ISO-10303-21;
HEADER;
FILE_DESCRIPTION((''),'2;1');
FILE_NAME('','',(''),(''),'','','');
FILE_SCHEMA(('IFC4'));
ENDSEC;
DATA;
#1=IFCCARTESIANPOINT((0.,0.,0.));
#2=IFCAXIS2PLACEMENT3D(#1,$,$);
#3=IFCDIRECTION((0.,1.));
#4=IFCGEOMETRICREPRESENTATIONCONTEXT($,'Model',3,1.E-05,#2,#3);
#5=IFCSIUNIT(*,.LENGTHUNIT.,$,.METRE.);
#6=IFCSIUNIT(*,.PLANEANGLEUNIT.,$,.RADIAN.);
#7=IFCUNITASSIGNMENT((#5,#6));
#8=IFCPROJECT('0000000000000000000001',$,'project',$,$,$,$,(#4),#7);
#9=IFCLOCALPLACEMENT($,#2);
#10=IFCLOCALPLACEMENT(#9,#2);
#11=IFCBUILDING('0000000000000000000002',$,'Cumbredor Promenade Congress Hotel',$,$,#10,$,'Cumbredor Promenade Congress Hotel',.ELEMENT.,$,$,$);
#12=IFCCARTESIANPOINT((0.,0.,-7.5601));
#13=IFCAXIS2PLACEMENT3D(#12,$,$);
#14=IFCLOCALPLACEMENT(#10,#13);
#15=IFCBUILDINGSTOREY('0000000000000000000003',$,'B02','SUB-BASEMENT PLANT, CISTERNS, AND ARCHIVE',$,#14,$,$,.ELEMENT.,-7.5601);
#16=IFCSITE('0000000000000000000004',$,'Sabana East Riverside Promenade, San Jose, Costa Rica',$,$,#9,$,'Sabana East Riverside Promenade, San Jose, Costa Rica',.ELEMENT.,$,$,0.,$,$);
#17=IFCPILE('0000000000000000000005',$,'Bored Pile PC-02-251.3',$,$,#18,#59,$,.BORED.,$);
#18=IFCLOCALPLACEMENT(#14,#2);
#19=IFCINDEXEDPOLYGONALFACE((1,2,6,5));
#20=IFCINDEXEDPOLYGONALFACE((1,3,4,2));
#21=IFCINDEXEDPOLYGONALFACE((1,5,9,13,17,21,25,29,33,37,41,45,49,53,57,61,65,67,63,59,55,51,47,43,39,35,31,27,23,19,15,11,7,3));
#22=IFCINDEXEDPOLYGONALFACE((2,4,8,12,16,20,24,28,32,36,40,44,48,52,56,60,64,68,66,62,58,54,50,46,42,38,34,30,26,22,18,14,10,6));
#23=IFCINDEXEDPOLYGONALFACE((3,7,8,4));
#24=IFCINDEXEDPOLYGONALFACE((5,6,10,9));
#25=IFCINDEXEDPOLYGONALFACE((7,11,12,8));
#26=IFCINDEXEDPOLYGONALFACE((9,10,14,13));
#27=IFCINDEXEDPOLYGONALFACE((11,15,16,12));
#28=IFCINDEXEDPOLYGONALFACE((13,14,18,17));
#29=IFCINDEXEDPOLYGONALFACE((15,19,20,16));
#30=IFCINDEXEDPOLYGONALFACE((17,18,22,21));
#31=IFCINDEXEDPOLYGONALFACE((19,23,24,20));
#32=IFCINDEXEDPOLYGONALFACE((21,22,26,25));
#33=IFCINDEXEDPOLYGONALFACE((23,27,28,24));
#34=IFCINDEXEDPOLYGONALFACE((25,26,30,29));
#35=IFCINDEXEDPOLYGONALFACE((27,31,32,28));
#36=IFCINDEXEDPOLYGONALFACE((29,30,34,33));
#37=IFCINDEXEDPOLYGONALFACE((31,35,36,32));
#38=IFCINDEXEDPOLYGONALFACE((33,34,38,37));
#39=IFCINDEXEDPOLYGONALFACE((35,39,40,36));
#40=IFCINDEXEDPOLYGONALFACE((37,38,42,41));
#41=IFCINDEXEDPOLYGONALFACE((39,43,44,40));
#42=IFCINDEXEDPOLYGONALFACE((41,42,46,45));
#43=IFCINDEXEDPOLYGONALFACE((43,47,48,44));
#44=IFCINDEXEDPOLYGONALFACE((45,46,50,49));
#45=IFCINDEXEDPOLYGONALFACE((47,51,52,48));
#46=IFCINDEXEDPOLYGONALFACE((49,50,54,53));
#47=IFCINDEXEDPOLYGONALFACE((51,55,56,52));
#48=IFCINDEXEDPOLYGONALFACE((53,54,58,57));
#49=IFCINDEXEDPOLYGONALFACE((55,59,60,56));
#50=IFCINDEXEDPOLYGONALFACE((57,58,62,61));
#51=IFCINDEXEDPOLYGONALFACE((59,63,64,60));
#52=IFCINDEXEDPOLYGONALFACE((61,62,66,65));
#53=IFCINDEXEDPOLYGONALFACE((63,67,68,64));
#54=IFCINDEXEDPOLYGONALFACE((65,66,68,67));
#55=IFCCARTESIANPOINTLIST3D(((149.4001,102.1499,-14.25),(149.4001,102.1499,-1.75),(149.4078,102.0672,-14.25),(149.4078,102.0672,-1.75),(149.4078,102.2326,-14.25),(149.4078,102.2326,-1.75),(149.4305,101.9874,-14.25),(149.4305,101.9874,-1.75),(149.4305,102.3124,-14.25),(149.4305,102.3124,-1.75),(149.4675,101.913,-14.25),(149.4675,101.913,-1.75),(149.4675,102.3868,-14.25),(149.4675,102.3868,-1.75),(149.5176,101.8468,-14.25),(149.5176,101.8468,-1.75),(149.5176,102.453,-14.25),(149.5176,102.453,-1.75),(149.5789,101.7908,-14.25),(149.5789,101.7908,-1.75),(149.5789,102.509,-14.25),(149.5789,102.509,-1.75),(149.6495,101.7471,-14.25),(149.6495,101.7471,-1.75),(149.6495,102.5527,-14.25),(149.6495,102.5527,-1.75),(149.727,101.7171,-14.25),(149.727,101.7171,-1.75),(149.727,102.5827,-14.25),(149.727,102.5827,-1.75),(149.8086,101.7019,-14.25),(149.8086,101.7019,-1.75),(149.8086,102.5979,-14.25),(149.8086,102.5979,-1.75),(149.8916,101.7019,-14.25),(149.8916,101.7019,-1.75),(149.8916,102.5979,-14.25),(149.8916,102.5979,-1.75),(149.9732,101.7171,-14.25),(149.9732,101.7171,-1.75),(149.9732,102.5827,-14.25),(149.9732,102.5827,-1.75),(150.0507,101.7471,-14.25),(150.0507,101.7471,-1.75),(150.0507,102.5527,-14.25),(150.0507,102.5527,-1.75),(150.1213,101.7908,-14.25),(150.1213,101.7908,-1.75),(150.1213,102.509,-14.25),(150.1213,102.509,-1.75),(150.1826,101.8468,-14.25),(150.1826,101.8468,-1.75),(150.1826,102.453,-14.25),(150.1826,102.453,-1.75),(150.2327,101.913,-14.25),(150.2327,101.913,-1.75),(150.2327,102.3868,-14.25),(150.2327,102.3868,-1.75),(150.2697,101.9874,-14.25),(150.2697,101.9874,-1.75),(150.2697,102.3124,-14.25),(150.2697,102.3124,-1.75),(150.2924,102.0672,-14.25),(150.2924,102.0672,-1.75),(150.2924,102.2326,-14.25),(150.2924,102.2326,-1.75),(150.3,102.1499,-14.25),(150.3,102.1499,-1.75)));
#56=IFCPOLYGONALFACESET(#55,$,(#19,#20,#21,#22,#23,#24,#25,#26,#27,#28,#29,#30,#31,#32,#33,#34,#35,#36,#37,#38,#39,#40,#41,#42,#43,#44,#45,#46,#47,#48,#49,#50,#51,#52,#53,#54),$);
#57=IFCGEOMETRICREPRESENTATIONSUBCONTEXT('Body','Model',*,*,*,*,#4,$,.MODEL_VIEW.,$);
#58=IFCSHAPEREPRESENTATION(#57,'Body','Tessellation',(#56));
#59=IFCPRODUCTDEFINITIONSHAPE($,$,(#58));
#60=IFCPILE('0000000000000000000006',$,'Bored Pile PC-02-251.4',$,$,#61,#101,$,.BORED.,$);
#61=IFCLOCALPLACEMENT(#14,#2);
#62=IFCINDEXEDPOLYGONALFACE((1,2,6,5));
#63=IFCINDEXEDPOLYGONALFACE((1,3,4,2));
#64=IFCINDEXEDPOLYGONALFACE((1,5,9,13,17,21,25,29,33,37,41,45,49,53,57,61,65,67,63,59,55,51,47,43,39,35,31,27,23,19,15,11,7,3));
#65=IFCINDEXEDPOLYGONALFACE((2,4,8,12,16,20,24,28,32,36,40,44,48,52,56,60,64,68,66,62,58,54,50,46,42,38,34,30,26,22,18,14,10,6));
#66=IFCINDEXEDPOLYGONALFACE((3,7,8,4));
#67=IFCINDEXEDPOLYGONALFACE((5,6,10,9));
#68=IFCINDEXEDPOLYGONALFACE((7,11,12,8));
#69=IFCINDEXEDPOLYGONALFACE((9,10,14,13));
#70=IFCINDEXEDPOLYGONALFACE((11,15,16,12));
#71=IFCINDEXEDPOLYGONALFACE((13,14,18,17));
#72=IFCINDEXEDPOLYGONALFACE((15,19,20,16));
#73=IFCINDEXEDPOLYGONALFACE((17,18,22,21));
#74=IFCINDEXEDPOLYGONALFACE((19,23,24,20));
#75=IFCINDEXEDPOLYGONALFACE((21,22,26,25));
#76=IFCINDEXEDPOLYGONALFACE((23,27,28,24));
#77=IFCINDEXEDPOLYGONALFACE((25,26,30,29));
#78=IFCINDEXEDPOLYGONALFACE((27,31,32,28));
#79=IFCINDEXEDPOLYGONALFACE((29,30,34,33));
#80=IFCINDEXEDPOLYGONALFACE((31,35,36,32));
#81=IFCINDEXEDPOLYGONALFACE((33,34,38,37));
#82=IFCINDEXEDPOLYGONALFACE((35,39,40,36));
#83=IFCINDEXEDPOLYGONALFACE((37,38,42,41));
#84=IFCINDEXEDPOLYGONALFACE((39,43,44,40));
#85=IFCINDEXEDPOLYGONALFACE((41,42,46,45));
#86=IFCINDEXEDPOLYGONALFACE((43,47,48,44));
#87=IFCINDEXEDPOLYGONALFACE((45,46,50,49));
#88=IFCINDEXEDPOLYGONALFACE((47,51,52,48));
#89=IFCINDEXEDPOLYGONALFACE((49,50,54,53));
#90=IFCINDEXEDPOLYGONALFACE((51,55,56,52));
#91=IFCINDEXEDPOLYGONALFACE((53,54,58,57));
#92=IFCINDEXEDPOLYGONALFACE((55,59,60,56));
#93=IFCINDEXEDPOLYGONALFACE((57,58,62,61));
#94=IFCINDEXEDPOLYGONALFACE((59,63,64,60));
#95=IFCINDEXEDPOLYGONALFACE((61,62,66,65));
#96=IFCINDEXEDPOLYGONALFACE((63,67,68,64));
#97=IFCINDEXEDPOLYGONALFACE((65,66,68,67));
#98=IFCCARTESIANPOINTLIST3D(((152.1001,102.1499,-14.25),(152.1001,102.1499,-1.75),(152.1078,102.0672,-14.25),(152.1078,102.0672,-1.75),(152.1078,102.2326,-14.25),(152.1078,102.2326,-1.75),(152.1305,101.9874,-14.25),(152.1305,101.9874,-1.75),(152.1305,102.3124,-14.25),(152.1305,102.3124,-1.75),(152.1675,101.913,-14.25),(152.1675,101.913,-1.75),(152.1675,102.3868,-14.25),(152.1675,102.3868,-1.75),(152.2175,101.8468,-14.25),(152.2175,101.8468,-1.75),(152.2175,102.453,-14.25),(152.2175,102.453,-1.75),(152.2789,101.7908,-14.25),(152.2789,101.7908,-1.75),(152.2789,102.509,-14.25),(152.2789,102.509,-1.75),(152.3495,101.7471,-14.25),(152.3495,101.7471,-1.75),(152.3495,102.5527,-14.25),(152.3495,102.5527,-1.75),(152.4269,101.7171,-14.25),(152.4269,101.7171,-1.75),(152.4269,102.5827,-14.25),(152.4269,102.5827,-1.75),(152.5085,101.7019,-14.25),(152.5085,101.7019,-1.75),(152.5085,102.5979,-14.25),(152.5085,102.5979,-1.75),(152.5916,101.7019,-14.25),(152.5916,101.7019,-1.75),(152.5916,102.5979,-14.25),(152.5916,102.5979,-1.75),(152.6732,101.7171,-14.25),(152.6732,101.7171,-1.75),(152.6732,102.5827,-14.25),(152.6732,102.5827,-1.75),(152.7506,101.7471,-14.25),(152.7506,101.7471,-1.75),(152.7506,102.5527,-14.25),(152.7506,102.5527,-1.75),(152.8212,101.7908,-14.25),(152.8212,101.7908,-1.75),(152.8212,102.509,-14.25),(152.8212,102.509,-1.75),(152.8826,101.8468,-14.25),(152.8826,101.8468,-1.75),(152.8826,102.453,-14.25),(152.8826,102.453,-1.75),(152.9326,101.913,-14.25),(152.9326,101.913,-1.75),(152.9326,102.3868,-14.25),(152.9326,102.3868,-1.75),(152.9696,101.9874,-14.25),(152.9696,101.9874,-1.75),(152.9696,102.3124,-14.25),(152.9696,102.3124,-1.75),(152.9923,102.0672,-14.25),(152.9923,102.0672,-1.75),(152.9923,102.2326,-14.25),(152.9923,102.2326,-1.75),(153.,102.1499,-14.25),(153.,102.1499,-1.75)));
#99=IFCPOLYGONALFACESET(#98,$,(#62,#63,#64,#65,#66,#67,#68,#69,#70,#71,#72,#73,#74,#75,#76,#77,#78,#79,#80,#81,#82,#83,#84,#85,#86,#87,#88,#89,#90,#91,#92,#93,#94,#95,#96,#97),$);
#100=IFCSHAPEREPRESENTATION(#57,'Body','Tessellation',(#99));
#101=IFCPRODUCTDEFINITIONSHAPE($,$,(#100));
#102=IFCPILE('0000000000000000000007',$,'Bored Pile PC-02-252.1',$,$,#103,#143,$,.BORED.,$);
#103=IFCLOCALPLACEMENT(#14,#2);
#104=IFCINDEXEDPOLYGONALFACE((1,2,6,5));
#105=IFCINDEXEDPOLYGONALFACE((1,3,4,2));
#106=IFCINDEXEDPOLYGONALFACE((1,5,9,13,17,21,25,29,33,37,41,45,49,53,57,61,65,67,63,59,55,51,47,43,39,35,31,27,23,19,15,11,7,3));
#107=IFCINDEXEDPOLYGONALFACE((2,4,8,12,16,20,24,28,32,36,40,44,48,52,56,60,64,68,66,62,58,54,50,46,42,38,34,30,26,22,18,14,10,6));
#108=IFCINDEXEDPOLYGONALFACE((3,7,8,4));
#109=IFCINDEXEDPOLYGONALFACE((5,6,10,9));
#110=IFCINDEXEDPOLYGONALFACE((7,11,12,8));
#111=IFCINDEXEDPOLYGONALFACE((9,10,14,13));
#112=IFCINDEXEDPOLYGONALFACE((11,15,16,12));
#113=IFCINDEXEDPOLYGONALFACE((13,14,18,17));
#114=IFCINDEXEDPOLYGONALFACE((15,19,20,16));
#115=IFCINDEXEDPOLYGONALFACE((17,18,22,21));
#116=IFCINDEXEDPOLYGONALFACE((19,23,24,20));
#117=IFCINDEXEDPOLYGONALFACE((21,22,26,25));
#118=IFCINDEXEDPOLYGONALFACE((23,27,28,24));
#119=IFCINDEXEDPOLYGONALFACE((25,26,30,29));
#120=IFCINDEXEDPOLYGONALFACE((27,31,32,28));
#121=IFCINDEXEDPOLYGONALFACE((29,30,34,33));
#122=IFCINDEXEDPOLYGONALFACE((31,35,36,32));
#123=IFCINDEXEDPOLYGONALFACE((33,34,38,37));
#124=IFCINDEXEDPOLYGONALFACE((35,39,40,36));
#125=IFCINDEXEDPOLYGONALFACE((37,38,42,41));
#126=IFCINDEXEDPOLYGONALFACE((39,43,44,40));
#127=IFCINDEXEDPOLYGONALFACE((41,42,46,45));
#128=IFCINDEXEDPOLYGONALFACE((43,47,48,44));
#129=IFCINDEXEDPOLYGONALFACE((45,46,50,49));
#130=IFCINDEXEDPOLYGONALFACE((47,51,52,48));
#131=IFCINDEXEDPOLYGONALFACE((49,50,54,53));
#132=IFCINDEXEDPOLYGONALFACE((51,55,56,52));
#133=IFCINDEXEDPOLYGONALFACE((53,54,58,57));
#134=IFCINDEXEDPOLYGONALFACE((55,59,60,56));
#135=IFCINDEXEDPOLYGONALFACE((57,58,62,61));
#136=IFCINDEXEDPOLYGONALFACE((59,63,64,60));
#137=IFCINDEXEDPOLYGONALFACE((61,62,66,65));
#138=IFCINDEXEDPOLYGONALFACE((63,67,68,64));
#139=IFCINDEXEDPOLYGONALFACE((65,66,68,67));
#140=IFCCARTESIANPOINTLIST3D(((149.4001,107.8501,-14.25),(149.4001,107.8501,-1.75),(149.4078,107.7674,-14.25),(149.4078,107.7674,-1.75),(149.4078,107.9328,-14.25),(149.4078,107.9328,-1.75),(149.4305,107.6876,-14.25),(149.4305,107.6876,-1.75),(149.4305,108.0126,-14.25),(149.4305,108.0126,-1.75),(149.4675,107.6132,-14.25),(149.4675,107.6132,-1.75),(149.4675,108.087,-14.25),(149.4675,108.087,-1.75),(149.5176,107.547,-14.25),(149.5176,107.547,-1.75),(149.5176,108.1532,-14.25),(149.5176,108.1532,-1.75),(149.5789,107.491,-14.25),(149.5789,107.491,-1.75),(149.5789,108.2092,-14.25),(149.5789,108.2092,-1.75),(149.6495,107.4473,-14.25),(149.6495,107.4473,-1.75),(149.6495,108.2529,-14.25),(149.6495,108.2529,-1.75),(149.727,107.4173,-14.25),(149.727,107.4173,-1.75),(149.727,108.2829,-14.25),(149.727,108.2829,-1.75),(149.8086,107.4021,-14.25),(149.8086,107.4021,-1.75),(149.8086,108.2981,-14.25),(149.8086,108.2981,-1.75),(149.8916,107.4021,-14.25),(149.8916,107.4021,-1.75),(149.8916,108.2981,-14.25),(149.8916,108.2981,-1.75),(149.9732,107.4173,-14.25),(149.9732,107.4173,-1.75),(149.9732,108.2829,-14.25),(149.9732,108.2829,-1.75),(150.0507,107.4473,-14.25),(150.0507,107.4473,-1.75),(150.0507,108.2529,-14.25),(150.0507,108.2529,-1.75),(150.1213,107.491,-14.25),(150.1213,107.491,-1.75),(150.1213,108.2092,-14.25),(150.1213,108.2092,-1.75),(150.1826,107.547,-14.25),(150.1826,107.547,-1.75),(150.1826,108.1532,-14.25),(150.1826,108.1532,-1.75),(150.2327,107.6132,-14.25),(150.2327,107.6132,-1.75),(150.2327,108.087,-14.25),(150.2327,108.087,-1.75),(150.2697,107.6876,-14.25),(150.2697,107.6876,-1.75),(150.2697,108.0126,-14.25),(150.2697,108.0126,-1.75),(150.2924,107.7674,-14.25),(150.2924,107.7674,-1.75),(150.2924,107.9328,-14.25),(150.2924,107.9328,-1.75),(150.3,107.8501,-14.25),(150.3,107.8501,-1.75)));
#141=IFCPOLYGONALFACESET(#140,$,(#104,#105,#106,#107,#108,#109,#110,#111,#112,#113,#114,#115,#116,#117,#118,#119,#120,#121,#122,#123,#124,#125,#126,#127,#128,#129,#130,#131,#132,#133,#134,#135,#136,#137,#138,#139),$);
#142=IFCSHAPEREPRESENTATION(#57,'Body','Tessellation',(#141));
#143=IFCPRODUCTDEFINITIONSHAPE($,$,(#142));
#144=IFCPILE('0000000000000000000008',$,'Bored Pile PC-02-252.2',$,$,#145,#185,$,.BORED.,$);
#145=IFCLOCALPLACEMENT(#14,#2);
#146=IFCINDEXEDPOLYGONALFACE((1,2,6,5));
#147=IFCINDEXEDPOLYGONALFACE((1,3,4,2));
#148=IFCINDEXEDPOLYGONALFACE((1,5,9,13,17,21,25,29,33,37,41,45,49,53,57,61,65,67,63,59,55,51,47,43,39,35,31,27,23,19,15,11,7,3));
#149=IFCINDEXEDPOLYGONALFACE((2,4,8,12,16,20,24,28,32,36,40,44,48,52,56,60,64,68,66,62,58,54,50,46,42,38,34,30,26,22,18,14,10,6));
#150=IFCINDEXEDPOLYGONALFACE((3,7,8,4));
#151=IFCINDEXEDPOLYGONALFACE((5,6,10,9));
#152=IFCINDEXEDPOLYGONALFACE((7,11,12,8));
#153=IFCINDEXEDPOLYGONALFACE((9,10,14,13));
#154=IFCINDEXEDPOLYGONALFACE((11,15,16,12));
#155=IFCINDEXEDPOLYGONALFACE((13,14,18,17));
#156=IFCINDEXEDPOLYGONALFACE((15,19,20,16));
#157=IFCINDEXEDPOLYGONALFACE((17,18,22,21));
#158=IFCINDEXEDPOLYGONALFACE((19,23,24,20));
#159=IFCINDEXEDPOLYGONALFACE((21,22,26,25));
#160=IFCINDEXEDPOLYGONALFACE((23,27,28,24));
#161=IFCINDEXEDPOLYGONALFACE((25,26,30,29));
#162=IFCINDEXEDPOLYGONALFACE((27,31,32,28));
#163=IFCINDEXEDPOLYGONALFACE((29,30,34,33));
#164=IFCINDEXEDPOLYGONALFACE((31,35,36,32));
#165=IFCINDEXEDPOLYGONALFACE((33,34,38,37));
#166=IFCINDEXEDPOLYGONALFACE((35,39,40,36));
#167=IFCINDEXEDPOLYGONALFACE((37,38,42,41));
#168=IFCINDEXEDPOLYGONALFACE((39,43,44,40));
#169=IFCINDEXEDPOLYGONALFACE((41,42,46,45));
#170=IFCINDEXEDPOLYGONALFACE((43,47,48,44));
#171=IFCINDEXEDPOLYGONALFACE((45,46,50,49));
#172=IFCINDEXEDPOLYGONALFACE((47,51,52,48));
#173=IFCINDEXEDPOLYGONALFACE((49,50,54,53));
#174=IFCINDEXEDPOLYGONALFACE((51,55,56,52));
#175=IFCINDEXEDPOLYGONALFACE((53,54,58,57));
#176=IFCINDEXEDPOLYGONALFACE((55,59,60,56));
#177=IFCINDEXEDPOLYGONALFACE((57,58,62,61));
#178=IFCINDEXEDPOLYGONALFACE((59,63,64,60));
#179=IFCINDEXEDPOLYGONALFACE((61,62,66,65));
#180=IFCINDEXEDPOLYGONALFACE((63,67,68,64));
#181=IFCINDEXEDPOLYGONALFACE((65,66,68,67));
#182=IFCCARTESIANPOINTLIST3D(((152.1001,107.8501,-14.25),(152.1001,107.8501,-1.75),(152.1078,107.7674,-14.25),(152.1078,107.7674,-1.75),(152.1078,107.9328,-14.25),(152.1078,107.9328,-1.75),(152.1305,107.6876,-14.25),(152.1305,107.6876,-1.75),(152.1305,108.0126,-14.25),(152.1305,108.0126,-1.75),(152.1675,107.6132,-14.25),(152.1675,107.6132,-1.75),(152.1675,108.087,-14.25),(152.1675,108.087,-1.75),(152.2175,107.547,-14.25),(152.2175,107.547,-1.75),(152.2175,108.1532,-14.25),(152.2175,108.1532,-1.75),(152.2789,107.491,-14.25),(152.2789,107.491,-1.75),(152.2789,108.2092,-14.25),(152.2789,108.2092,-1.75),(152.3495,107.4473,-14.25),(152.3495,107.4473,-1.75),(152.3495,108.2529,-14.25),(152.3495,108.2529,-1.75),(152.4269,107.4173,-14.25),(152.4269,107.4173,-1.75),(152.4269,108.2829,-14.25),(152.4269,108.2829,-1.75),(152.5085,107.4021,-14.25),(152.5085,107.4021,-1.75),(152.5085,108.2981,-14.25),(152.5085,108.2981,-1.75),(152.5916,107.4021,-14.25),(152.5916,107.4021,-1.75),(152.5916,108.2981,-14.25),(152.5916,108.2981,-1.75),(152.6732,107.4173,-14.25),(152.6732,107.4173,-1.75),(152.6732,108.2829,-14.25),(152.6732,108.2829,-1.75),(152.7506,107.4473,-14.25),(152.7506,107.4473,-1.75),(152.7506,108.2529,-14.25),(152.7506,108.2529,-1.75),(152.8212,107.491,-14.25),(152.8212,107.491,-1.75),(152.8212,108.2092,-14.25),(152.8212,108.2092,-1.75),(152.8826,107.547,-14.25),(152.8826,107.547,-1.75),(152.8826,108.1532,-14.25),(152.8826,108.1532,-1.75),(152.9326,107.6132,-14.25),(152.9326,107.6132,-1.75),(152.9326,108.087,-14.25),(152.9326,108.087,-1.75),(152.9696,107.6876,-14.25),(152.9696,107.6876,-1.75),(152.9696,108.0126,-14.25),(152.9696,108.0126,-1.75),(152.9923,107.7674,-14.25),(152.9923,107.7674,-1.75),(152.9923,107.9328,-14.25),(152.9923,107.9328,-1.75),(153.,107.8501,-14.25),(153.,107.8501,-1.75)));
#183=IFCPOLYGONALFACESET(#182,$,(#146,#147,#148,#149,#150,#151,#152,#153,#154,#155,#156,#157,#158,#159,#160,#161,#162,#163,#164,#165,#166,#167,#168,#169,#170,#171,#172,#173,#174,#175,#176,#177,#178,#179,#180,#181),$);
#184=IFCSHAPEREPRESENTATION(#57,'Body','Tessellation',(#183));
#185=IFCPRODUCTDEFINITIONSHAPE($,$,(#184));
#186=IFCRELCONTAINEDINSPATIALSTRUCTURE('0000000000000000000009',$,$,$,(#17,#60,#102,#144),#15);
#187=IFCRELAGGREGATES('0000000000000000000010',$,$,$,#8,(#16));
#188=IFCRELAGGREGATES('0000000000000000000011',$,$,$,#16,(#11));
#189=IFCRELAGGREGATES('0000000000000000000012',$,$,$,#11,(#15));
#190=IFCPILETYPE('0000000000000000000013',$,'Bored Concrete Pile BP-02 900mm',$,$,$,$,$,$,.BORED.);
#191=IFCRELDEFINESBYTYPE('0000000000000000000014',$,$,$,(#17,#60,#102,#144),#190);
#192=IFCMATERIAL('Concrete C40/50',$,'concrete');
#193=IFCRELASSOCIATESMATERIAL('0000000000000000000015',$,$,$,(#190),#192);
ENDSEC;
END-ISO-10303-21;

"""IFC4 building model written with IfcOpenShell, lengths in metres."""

from ifc_helpers import new_model, si_unit, direction, frame, origin, origin_2d, place, context, subcontext, project, spatial, circle, extrude, material, material_profile, profile_set, type_object, element, save


model = new_model("IFC4")

# Units and contexts
model_context = context("Model", 3, precision=1e-05, world=origin(), true_north=direction((0.0, 1.0)))
body_context = subcontext(model_context, "Body", "Model", "MODEL_VIEW")
ifc_project = project(units=[si_unit("LENGTHUNIT", "METRE"), si_unit("PLANEANGLEUNIT", "RADIAN")], contexts=[model_context])

# Site, building, storey
site_placement = place(None, origin())
site = spatial("IfcSite", under=ifc_project, at=site_placement, Name="Sabana East Riverside Promenade, San Jose, Costa Rica", LongName="Sabana East Riverside Promenade, San Jose, Costa Rica", CompositionType="ELEMENT", RefElevation=0.0)
building_placement = place(site_placement, origin())
building = spatial("IfcBuilding", under=site, at=building_placement, Name="Cumbredor Promenade Congress Hotel", LongName="Cumbredor Promenade Congress Hotel", CompositionType="ELEMENT")
storey_placement = place(building_placement, frame((0.0, 0.0, -7.5601)))
storey = spatial("IfcBuildingStorey", under=building, at=storey_placement, Name="B02", Description="SUB-BASEMENT PLANT, CISTERNS, AND ARCHIVE", CompositionType="ELEMENT", Elevation=-7.5601)

# Piles
ifc_material_1 = material(Name="Concrete C40/50", Category="concrete")
ifc_material_profile_1 = material_profile(ifc_material_1, circle(Radius=0.45, at=origin_2d()), Name="PILE D900")
ifc_profile_set_1 = profile_set([ifc_material_profile_1], Name="Concrete C40/50")
pile_type = type_object("IfcPileType", Name="Bored Concrete Pile BP-02 900mm", PredefinedType="BORED", material=ifc_profile_set_1)
for number, where, z_axis, x_axis, name in (
    (1, (149.8501, 102.1499, -1.75), (0.0, 0.0, -1.0), (1.0, 0.0, 0.0), "Bored Pile PC-02-251.3"),
    (2, (152.55, 102.1499, -1.75), (0.0, 0.0, -1.0), (1.0, 0.0, 0.0), "Bored Pile PC-02-251.4"),
    (3, (149.8501, 107.8501, -1.75), (0.0, 0.0, -1.0), (1.0, 0.0, 0.0), "Bored Pile PC-02-252.1"),
    (4, (152.55, 107.8501, -1.75), (0.0, 0.0, -1.0), (1.0, 0.0, 0.0), "Bored Pile PC-02-252.2"),
):
    element("IfcPile", number, at=place(storey_placement, frame(where, z_axis=z_axis, x_axis=x_axis)), inside=storey, type_object=pile_type, Name=name, PredefinedType="BORED", context=body_context, shape_type="SweptSolid", body=[
        extrude(circle(Radius=0.45, at=origin_2d()), origin(), (0.0, 0.0, 1.0), 12.5),
    ])

save(model, "model.ifc")
